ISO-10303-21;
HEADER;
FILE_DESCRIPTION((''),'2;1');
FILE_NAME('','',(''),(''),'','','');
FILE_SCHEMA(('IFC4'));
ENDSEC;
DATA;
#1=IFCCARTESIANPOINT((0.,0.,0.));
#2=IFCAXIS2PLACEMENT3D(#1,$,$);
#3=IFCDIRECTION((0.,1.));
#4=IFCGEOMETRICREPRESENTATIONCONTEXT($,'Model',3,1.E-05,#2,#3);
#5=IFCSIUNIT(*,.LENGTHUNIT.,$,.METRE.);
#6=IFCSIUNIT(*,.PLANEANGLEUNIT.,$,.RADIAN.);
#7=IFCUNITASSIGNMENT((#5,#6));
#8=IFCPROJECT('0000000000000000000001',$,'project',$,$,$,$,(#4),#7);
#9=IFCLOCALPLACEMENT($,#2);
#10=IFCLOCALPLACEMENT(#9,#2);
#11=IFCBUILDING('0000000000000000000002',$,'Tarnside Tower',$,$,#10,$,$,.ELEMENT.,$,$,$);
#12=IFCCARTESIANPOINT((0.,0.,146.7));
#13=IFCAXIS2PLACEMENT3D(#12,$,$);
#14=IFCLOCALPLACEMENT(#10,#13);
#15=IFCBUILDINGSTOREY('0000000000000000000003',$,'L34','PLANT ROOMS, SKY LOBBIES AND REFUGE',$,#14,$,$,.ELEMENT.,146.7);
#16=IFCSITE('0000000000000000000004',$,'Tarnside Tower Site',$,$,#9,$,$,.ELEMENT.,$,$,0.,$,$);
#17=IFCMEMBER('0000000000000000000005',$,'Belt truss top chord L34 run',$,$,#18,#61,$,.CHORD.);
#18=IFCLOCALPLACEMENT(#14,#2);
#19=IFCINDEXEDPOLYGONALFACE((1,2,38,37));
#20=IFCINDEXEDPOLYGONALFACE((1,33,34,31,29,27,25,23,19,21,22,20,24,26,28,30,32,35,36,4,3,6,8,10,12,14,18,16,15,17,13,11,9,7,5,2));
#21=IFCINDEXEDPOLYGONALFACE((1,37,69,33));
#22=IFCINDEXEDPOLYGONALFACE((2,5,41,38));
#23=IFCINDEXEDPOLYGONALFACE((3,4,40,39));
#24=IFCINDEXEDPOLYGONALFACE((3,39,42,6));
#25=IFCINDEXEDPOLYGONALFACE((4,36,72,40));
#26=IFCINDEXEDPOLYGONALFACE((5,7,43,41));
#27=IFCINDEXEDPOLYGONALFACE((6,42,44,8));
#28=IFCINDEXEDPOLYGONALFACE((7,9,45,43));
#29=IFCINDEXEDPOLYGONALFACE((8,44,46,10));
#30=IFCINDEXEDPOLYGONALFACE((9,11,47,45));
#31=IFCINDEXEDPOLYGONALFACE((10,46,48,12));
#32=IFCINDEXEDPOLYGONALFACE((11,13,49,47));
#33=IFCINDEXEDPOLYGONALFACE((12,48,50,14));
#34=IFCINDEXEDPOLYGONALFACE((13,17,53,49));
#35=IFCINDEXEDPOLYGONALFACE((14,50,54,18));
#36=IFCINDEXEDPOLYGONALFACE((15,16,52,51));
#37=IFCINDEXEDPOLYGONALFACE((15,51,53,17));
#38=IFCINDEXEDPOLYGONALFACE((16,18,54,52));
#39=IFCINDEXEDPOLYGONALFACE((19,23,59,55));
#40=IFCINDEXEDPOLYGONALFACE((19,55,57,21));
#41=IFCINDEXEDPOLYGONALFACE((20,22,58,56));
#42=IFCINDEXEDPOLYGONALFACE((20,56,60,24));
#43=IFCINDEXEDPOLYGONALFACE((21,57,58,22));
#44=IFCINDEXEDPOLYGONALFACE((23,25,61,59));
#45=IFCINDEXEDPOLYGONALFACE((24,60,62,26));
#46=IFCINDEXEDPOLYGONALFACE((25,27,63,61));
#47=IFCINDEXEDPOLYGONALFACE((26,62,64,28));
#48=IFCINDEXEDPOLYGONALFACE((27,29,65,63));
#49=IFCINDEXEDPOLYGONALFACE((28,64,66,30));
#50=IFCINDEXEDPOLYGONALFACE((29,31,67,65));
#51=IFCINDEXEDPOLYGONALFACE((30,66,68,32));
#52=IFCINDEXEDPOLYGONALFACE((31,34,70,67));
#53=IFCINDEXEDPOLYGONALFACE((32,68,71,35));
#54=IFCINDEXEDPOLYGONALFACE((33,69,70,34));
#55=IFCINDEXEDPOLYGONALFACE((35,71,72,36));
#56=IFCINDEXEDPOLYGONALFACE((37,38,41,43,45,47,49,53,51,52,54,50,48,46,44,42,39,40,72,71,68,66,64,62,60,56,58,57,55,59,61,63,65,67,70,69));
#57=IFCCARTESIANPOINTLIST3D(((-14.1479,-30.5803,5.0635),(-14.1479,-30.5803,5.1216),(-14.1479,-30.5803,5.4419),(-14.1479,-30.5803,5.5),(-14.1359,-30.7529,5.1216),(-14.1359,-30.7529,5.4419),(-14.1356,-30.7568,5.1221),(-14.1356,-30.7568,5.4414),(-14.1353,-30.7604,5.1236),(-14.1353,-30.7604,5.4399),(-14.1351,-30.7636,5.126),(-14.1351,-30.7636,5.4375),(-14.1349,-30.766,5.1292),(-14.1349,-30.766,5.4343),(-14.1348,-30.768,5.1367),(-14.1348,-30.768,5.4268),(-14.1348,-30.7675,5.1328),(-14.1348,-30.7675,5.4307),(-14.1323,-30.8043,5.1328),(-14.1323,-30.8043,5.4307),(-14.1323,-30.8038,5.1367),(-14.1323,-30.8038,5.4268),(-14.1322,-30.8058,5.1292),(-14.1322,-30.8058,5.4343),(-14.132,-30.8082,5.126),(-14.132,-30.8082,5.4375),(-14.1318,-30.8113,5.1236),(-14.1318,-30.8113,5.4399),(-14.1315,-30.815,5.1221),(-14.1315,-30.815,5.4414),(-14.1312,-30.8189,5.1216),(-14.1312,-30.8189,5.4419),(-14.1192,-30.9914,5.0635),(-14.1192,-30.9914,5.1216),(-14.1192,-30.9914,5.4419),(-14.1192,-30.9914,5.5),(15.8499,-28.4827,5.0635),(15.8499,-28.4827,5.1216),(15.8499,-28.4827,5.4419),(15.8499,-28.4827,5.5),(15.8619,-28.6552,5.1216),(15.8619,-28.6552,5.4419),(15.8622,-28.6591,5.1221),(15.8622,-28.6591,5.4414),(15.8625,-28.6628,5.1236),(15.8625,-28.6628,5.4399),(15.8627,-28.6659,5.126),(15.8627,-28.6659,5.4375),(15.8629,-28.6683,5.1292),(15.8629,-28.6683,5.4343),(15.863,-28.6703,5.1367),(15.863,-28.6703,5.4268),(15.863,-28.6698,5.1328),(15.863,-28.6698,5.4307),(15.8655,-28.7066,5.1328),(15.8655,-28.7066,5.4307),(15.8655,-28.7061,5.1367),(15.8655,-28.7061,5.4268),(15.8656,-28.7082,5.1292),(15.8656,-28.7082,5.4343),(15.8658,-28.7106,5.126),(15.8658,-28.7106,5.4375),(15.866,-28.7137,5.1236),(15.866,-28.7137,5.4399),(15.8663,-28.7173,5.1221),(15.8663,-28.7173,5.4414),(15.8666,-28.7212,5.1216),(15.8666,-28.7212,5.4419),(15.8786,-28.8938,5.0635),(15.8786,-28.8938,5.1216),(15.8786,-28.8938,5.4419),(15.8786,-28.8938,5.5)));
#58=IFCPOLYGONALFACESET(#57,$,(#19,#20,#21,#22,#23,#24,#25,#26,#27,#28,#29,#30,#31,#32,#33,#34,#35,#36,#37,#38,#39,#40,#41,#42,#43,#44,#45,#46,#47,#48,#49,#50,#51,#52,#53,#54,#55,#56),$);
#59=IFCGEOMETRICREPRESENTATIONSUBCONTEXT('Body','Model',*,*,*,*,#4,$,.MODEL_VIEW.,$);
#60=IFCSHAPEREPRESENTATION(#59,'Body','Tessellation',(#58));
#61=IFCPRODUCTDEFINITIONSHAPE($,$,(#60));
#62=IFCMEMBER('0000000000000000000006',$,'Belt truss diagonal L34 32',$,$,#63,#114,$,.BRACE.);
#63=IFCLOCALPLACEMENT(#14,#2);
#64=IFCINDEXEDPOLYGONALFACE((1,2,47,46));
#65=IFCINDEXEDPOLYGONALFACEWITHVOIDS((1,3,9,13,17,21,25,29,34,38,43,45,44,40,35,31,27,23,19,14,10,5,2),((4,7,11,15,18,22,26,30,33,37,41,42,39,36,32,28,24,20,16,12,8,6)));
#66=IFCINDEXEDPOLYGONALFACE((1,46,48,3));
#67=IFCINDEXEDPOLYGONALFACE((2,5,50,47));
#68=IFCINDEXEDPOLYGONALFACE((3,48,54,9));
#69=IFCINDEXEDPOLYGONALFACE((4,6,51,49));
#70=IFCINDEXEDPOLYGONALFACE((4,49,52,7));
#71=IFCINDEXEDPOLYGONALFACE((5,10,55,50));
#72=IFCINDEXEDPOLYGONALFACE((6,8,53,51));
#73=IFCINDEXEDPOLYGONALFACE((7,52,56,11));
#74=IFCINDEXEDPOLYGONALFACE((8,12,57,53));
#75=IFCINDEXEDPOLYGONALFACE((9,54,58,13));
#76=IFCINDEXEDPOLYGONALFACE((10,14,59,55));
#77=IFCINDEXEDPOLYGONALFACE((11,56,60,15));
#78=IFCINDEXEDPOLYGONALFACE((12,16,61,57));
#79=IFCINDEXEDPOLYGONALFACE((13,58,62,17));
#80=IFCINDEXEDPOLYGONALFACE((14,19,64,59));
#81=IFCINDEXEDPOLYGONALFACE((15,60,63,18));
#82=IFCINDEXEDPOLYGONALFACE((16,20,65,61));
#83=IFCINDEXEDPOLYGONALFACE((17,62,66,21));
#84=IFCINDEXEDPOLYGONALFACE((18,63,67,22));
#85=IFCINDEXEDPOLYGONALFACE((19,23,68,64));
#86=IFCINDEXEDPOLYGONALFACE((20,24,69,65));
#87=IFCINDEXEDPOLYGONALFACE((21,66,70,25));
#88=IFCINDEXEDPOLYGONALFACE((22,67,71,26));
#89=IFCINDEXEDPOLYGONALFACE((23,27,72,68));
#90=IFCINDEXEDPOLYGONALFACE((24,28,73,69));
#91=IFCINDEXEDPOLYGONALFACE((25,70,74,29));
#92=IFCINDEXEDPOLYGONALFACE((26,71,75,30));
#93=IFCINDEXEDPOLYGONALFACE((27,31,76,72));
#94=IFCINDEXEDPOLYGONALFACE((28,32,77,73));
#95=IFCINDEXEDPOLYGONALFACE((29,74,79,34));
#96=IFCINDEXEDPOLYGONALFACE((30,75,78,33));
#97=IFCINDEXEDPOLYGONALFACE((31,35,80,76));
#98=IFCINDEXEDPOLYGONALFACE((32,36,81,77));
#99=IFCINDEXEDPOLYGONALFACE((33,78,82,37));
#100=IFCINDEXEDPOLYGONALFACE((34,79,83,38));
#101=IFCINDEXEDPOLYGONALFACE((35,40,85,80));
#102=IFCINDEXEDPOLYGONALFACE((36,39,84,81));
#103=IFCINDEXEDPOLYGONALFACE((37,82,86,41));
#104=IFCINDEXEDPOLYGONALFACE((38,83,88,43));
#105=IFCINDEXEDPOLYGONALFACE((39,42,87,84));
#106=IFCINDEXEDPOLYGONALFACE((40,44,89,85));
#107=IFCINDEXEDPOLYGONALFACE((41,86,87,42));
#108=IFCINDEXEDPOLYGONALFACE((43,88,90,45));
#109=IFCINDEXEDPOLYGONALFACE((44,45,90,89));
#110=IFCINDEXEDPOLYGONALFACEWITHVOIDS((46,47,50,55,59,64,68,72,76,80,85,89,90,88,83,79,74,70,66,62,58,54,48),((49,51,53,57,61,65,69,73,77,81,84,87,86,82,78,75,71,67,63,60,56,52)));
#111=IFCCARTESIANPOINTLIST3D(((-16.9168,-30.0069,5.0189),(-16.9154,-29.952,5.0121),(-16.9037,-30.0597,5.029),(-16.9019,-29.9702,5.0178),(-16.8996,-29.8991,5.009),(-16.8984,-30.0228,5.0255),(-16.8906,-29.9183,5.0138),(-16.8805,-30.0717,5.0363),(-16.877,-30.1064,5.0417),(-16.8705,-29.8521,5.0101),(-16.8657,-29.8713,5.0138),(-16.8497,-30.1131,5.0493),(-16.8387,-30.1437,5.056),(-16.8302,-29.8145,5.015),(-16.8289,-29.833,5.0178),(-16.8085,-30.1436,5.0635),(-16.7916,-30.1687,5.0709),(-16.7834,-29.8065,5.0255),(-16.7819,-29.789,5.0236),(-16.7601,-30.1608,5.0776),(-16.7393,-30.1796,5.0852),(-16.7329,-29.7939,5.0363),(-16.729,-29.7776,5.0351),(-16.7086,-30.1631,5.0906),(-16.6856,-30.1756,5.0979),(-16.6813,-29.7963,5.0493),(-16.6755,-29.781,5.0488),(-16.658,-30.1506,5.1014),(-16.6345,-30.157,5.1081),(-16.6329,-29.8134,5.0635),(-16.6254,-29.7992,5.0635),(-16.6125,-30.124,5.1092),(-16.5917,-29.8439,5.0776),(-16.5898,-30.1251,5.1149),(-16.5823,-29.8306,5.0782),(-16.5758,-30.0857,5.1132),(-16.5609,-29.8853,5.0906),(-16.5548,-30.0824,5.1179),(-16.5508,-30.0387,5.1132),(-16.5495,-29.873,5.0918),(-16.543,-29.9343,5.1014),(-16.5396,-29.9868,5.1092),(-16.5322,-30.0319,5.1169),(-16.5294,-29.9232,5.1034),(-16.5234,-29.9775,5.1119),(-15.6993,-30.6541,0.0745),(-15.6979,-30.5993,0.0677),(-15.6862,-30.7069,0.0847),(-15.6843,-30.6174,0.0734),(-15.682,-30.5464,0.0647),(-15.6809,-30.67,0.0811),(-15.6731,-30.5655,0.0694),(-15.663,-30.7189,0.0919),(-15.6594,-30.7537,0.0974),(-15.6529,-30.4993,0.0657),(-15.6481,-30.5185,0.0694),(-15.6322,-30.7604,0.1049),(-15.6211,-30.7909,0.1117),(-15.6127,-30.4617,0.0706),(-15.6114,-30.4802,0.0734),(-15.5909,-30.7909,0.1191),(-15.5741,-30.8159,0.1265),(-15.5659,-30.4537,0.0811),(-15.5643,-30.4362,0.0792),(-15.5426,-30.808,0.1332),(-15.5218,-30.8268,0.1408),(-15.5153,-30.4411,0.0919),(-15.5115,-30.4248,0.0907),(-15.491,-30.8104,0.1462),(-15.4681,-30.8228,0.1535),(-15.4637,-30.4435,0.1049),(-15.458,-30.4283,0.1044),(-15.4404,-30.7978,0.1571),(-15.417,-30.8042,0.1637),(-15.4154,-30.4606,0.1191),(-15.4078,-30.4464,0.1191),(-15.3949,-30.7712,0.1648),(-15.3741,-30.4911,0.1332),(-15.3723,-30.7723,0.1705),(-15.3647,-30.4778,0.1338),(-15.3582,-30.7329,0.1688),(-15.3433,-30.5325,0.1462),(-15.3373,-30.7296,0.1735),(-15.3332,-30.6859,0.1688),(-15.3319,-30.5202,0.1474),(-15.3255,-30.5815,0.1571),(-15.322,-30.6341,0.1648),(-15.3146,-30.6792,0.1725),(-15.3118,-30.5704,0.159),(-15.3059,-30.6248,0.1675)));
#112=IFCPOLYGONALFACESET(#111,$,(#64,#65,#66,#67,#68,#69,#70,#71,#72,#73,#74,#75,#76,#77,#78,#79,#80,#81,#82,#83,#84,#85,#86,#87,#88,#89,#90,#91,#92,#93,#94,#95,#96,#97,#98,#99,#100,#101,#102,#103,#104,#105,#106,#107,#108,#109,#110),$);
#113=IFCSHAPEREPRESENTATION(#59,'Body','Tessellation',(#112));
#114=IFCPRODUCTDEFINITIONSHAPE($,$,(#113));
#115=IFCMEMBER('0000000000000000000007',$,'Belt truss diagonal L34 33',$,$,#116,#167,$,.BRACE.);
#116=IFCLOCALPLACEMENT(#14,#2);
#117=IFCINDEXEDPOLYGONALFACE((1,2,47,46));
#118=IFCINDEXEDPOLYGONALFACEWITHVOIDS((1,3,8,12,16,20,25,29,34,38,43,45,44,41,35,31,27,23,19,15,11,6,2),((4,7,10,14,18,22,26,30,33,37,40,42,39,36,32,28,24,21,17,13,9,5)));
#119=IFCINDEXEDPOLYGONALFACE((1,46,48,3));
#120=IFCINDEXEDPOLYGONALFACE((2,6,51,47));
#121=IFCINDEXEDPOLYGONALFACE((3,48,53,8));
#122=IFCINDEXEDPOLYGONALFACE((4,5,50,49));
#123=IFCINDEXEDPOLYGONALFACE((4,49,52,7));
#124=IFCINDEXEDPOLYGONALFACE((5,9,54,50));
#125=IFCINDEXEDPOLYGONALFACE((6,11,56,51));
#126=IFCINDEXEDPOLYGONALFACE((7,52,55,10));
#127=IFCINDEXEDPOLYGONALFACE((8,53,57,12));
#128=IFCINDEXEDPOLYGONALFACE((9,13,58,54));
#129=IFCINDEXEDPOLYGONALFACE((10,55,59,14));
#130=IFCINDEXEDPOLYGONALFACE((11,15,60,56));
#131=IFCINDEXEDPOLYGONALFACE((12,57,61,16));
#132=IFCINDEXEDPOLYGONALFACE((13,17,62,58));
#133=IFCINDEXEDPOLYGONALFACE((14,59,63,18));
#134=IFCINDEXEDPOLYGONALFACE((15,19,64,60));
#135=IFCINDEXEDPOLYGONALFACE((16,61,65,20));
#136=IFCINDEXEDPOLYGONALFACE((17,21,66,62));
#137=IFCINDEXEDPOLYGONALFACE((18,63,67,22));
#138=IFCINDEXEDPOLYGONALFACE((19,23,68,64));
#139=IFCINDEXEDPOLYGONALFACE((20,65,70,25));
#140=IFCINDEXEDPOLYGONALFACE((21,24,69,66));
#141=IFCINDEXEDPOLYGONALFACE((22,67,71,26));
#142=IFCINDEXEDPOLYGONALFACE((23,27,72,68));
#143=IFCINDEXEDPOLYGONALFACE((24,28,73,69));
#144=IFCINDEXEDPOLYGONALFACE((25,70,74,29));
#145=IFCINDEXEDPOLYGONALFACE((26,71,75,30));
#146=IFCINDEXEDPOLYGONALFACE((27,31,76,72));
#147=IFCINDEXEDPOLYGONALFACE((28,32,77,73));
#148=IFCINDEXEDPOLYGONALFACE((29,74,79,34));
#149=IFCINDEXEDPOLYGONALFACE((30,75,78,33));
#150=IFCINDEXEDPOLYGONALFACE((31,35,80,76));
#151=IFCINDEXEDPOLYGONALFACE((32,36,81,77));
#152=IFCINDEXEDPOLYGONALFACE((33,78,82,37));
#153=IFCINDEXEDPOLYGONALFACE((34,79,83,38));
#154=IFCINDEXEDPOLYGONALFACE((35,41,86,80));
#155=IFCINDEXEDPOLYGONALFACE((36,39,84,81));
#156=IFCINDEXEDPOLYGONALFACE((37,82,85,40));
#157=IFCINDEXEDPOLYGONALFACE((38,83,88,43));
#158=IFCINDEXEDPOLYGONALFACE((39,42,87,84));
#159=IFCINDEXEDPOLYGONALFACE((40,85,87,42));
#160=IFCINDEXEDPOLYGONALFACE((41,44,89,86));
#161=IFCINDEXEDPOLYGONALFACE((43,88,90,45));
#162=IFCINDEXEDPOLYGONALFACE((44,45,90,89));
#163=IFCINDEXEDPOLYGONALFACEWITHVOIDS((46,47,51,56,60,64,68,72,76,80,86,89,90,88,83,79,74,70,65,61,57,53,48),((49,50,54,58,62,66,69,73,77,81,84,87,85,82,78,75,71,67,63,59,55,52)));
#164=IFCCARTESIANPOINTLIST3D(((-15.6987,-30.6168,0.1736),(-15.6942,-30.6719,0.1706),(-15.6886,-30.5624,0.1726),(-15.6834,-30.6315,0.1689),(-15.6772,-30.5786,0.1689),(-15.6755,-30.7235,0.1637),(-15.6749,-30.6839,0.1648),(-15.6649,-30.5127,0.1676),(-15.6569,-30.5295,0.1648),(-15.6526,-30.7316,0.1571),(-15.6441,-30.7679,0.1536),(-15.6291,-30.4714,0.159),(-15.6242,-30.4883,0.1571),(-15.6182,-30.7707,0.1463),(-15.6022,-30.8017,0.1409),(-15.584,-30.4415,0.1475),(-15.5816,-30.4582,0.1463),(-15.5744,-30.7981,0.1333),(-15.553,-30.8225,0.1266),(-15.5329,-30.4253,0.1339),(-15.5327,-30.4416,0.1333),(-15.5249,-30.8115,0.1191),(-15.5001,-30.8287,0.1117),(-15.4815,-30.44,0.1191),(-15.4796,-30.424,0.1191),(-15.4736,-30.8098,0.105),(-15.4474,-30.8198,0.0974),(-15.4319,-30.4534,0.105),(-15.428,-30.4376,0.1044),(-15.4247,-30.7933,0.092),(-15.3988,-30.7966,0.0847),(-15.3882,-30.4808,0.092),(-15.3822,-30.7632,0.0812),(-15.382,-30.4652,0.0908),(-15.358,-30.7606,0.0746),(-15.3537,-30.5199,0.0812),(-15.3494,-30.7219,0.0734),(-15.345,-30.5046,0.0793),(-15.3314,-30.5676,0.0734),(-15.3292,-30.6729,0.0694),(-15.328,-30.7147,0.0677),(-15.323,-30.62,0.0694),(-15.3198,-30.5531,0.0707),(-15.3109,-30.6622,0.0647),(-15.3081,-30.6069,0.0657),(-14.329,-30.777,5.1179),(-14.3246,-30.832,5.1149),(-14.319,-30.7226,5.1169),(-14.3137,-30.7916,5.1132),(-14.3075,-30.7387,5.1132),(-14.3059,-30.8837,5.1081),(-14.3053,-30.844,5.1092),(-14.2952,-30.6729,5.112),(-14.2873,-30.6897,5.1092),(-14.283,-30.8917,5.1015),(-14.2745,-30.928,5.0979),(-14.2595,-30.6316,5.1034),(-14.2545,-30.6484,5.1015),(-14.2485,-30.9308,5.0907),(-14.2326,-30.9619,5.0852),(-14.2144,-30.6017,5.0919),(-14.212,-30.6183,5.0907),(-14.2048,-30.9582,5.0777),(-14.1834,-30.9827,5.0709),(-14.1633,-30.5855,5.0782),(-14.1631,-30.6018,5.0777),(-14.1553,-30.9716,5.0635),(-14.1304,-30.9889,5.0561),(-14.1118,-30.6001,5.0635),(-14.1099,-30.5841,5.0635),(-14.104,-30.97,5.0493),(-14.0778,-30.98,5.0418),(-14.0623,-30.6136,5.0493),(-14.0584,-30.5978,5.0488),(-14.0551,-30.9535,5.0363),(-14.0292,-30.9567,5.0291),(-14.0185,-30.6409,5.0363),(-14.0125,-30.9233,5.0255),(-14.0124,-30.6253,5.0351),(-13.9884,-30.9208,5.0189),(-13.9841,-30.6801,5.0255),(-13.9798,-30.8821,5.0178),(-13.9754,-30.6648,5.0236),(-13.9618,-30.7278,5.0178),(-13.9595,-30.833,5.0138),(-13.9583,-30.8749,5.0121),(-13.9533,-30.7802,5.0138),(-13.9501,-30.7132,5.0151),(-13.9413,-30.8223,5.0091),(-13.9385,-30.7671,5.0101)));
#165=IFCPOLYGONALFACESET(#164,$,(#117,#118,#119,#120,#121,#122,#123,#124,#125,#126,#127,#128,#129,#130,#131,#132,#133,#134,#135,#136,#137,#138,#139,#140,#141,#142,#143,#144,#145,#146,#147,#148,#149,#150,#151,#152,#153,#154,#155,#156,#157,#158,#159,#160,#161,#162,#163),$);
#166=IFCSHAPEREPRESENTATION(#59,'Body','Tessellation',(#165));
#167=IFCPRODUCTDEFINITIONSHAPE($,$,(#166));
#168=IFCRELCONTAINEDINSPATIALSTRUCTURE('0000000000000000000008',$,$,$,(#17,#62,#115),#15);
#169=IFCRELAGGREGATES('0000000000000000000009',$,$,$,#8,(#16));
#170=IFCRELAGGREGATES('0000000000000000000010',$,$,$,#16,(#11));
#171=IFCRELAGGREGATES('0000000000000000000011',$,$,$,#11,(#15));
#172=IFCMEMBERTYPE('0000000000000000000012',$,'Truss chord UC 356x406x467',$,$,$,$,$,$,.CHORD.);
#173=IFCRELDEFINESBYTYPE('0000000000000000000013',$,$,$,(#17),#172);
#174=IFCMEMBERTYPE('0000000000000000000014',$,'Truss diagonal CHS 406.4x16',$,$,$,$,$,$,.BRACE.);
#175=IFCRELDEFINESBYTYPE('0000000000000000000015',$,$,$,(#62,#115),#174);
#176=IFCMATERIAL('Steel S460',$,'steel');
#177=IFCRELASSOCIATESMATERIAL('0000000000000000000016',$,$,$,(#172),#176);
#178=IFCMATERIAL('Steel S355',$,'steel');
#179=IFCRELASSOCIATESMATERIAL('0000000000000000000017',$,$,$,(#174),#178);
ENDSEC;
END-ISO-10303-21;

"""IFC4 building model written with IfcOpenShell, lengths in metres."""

from ifc_helpers import new_model, si_unit, direction, frame, origin, origin_2d, place, context, subcontext, project, spatial, hollow_circle, i_section, extrude, material, material_profile, profile_set, type_object, element, save


model = new_model("IFC4")

# Units and contexts
model_context = context("Model", 3, precision=1e-05, world=origin(), true_north=direction((0.0, 1.0)))
body_context = subcontext(model_context, "Body", "Model", "MODEL_VIEW")
ifc_project = project(units=[si_unit("LENGTHUNIT", "METRE"), si_unit("PLANEANGLEUNIT", "RADIAN")], contexts=[model_context])

# Site, building, storey
site_placement = place(None, origin())
site = spatial("IfcSite", under=ifc_project, at=site_placement, Name="Tarnside Tower Site", CompositionType="ELEMENT", RefElevation=0.0)
building_placement = place(site_placement, origin())
building = spatial("IfcBuilding", under=site, at=building_placement, Name="Tarnside Tower", CompositionType="ELEMENT")
storey_placement = place(building_placement, frame((0.0, 0.0, 146.7)))
storey = spatial("IfcBuildingStorey", under=building, at=storey_placement, Name="L34", Description="PLANT ROOMS, SKY LOBBIES AND REFUGE", CompositionType="ELEMENT", Elevation=146.7)

# Shared definitions
ifc_material_1 = material(Name="Steel S355", Category="steel")

# Members
ifc_material_2 = material(Name="Steel S460", Category="steel")
ifc_material_profile_1 = material_profile(ifc_material_2, i_section(OverallWidth=0.4121, OverallDepth=0.4365, WebThickness=0.0359, FlangeThickness=0.0581, FilletRadius=0.0151, at=origin_2d()), Name="UC 356x406x467")
ifc_profile_set_1 = profile_set([ifc_material_profile_1], Name="Steel S460")
member_type_1 = type_object("IfcMemberType", Name="Truss chord UC 356x406x467", PredefinedType="CHORD", material=ifc_profile_set_1)
member_1_placement = place(storey_placement, frame((-14.1335, -30.7859, 5.2817), z_axis=(0.997564, 0.069757, 0.0), x_axis=(-0.069757, 0.997564, 0.0)))
element("IfcMember", 1, at=member_1_placement, inside=storey, type_object=member_type_1, Name="Belt truss top chord L34 run", PredefinedType="CHORD", context=body_context, shape_type="SweptSolid", body=[
    extrude(i_section(OverallWidth=0.4121, OverallDepth=0.4365, WebThickness=0.0359, FlangeThickness=0.0581, FilletRadius=0.0151, at=origin_2d()), origin(), (0.0, 0.0, 1.0), 30.071),
])
ifc_material_profile_2 = material_profile(ifc_material_1, hollow_circle(Radius=0.2031, WallThickness=0.0161, at=origin_2d()), Name="CHS 406.4x16")
ifc_profile_set_2 = profile_set([ifc_material_profile_2], Name="Steel S355")
member_type_2 = type_object("IfcMemberType", Name="Truss diagonal CHS 406.4x16", PredefinedType="BRACE", material=ifc_profile_set_2)
for number, where, z_axis, x_axis, name in (
    (2, (-16.7207, -29.9785, 5.0635), (0.237196, -0.126089, -0.963244), (0.469384, 0.882994, 0.0), "Belt truss diagonal L34 32"),
    (3, (-15.5032, -30.6257, 0.1191), (0.266827, -0.031201, 0.963239), (0.116143, 0.993233, 0.0), "Belt truss diagonal L34 33"),
):
    element("IfcMember", number, at=place(storey_placement, frame(where, z_axis=z_axis, x_axis=x_axis)), inside=storey, type_object=member_type_2, Name=name, PredefinedType="BRACE", context=body_context, shape_type="SweptSolid", body=[
        extrude(hollow_circle(Radius=0.2031, WallThickness=0.0161, at=origin_2d()), origin(), (0.0, 0.0, 1.0), 5.1331),
    ])

save(model, "model.ifc")
